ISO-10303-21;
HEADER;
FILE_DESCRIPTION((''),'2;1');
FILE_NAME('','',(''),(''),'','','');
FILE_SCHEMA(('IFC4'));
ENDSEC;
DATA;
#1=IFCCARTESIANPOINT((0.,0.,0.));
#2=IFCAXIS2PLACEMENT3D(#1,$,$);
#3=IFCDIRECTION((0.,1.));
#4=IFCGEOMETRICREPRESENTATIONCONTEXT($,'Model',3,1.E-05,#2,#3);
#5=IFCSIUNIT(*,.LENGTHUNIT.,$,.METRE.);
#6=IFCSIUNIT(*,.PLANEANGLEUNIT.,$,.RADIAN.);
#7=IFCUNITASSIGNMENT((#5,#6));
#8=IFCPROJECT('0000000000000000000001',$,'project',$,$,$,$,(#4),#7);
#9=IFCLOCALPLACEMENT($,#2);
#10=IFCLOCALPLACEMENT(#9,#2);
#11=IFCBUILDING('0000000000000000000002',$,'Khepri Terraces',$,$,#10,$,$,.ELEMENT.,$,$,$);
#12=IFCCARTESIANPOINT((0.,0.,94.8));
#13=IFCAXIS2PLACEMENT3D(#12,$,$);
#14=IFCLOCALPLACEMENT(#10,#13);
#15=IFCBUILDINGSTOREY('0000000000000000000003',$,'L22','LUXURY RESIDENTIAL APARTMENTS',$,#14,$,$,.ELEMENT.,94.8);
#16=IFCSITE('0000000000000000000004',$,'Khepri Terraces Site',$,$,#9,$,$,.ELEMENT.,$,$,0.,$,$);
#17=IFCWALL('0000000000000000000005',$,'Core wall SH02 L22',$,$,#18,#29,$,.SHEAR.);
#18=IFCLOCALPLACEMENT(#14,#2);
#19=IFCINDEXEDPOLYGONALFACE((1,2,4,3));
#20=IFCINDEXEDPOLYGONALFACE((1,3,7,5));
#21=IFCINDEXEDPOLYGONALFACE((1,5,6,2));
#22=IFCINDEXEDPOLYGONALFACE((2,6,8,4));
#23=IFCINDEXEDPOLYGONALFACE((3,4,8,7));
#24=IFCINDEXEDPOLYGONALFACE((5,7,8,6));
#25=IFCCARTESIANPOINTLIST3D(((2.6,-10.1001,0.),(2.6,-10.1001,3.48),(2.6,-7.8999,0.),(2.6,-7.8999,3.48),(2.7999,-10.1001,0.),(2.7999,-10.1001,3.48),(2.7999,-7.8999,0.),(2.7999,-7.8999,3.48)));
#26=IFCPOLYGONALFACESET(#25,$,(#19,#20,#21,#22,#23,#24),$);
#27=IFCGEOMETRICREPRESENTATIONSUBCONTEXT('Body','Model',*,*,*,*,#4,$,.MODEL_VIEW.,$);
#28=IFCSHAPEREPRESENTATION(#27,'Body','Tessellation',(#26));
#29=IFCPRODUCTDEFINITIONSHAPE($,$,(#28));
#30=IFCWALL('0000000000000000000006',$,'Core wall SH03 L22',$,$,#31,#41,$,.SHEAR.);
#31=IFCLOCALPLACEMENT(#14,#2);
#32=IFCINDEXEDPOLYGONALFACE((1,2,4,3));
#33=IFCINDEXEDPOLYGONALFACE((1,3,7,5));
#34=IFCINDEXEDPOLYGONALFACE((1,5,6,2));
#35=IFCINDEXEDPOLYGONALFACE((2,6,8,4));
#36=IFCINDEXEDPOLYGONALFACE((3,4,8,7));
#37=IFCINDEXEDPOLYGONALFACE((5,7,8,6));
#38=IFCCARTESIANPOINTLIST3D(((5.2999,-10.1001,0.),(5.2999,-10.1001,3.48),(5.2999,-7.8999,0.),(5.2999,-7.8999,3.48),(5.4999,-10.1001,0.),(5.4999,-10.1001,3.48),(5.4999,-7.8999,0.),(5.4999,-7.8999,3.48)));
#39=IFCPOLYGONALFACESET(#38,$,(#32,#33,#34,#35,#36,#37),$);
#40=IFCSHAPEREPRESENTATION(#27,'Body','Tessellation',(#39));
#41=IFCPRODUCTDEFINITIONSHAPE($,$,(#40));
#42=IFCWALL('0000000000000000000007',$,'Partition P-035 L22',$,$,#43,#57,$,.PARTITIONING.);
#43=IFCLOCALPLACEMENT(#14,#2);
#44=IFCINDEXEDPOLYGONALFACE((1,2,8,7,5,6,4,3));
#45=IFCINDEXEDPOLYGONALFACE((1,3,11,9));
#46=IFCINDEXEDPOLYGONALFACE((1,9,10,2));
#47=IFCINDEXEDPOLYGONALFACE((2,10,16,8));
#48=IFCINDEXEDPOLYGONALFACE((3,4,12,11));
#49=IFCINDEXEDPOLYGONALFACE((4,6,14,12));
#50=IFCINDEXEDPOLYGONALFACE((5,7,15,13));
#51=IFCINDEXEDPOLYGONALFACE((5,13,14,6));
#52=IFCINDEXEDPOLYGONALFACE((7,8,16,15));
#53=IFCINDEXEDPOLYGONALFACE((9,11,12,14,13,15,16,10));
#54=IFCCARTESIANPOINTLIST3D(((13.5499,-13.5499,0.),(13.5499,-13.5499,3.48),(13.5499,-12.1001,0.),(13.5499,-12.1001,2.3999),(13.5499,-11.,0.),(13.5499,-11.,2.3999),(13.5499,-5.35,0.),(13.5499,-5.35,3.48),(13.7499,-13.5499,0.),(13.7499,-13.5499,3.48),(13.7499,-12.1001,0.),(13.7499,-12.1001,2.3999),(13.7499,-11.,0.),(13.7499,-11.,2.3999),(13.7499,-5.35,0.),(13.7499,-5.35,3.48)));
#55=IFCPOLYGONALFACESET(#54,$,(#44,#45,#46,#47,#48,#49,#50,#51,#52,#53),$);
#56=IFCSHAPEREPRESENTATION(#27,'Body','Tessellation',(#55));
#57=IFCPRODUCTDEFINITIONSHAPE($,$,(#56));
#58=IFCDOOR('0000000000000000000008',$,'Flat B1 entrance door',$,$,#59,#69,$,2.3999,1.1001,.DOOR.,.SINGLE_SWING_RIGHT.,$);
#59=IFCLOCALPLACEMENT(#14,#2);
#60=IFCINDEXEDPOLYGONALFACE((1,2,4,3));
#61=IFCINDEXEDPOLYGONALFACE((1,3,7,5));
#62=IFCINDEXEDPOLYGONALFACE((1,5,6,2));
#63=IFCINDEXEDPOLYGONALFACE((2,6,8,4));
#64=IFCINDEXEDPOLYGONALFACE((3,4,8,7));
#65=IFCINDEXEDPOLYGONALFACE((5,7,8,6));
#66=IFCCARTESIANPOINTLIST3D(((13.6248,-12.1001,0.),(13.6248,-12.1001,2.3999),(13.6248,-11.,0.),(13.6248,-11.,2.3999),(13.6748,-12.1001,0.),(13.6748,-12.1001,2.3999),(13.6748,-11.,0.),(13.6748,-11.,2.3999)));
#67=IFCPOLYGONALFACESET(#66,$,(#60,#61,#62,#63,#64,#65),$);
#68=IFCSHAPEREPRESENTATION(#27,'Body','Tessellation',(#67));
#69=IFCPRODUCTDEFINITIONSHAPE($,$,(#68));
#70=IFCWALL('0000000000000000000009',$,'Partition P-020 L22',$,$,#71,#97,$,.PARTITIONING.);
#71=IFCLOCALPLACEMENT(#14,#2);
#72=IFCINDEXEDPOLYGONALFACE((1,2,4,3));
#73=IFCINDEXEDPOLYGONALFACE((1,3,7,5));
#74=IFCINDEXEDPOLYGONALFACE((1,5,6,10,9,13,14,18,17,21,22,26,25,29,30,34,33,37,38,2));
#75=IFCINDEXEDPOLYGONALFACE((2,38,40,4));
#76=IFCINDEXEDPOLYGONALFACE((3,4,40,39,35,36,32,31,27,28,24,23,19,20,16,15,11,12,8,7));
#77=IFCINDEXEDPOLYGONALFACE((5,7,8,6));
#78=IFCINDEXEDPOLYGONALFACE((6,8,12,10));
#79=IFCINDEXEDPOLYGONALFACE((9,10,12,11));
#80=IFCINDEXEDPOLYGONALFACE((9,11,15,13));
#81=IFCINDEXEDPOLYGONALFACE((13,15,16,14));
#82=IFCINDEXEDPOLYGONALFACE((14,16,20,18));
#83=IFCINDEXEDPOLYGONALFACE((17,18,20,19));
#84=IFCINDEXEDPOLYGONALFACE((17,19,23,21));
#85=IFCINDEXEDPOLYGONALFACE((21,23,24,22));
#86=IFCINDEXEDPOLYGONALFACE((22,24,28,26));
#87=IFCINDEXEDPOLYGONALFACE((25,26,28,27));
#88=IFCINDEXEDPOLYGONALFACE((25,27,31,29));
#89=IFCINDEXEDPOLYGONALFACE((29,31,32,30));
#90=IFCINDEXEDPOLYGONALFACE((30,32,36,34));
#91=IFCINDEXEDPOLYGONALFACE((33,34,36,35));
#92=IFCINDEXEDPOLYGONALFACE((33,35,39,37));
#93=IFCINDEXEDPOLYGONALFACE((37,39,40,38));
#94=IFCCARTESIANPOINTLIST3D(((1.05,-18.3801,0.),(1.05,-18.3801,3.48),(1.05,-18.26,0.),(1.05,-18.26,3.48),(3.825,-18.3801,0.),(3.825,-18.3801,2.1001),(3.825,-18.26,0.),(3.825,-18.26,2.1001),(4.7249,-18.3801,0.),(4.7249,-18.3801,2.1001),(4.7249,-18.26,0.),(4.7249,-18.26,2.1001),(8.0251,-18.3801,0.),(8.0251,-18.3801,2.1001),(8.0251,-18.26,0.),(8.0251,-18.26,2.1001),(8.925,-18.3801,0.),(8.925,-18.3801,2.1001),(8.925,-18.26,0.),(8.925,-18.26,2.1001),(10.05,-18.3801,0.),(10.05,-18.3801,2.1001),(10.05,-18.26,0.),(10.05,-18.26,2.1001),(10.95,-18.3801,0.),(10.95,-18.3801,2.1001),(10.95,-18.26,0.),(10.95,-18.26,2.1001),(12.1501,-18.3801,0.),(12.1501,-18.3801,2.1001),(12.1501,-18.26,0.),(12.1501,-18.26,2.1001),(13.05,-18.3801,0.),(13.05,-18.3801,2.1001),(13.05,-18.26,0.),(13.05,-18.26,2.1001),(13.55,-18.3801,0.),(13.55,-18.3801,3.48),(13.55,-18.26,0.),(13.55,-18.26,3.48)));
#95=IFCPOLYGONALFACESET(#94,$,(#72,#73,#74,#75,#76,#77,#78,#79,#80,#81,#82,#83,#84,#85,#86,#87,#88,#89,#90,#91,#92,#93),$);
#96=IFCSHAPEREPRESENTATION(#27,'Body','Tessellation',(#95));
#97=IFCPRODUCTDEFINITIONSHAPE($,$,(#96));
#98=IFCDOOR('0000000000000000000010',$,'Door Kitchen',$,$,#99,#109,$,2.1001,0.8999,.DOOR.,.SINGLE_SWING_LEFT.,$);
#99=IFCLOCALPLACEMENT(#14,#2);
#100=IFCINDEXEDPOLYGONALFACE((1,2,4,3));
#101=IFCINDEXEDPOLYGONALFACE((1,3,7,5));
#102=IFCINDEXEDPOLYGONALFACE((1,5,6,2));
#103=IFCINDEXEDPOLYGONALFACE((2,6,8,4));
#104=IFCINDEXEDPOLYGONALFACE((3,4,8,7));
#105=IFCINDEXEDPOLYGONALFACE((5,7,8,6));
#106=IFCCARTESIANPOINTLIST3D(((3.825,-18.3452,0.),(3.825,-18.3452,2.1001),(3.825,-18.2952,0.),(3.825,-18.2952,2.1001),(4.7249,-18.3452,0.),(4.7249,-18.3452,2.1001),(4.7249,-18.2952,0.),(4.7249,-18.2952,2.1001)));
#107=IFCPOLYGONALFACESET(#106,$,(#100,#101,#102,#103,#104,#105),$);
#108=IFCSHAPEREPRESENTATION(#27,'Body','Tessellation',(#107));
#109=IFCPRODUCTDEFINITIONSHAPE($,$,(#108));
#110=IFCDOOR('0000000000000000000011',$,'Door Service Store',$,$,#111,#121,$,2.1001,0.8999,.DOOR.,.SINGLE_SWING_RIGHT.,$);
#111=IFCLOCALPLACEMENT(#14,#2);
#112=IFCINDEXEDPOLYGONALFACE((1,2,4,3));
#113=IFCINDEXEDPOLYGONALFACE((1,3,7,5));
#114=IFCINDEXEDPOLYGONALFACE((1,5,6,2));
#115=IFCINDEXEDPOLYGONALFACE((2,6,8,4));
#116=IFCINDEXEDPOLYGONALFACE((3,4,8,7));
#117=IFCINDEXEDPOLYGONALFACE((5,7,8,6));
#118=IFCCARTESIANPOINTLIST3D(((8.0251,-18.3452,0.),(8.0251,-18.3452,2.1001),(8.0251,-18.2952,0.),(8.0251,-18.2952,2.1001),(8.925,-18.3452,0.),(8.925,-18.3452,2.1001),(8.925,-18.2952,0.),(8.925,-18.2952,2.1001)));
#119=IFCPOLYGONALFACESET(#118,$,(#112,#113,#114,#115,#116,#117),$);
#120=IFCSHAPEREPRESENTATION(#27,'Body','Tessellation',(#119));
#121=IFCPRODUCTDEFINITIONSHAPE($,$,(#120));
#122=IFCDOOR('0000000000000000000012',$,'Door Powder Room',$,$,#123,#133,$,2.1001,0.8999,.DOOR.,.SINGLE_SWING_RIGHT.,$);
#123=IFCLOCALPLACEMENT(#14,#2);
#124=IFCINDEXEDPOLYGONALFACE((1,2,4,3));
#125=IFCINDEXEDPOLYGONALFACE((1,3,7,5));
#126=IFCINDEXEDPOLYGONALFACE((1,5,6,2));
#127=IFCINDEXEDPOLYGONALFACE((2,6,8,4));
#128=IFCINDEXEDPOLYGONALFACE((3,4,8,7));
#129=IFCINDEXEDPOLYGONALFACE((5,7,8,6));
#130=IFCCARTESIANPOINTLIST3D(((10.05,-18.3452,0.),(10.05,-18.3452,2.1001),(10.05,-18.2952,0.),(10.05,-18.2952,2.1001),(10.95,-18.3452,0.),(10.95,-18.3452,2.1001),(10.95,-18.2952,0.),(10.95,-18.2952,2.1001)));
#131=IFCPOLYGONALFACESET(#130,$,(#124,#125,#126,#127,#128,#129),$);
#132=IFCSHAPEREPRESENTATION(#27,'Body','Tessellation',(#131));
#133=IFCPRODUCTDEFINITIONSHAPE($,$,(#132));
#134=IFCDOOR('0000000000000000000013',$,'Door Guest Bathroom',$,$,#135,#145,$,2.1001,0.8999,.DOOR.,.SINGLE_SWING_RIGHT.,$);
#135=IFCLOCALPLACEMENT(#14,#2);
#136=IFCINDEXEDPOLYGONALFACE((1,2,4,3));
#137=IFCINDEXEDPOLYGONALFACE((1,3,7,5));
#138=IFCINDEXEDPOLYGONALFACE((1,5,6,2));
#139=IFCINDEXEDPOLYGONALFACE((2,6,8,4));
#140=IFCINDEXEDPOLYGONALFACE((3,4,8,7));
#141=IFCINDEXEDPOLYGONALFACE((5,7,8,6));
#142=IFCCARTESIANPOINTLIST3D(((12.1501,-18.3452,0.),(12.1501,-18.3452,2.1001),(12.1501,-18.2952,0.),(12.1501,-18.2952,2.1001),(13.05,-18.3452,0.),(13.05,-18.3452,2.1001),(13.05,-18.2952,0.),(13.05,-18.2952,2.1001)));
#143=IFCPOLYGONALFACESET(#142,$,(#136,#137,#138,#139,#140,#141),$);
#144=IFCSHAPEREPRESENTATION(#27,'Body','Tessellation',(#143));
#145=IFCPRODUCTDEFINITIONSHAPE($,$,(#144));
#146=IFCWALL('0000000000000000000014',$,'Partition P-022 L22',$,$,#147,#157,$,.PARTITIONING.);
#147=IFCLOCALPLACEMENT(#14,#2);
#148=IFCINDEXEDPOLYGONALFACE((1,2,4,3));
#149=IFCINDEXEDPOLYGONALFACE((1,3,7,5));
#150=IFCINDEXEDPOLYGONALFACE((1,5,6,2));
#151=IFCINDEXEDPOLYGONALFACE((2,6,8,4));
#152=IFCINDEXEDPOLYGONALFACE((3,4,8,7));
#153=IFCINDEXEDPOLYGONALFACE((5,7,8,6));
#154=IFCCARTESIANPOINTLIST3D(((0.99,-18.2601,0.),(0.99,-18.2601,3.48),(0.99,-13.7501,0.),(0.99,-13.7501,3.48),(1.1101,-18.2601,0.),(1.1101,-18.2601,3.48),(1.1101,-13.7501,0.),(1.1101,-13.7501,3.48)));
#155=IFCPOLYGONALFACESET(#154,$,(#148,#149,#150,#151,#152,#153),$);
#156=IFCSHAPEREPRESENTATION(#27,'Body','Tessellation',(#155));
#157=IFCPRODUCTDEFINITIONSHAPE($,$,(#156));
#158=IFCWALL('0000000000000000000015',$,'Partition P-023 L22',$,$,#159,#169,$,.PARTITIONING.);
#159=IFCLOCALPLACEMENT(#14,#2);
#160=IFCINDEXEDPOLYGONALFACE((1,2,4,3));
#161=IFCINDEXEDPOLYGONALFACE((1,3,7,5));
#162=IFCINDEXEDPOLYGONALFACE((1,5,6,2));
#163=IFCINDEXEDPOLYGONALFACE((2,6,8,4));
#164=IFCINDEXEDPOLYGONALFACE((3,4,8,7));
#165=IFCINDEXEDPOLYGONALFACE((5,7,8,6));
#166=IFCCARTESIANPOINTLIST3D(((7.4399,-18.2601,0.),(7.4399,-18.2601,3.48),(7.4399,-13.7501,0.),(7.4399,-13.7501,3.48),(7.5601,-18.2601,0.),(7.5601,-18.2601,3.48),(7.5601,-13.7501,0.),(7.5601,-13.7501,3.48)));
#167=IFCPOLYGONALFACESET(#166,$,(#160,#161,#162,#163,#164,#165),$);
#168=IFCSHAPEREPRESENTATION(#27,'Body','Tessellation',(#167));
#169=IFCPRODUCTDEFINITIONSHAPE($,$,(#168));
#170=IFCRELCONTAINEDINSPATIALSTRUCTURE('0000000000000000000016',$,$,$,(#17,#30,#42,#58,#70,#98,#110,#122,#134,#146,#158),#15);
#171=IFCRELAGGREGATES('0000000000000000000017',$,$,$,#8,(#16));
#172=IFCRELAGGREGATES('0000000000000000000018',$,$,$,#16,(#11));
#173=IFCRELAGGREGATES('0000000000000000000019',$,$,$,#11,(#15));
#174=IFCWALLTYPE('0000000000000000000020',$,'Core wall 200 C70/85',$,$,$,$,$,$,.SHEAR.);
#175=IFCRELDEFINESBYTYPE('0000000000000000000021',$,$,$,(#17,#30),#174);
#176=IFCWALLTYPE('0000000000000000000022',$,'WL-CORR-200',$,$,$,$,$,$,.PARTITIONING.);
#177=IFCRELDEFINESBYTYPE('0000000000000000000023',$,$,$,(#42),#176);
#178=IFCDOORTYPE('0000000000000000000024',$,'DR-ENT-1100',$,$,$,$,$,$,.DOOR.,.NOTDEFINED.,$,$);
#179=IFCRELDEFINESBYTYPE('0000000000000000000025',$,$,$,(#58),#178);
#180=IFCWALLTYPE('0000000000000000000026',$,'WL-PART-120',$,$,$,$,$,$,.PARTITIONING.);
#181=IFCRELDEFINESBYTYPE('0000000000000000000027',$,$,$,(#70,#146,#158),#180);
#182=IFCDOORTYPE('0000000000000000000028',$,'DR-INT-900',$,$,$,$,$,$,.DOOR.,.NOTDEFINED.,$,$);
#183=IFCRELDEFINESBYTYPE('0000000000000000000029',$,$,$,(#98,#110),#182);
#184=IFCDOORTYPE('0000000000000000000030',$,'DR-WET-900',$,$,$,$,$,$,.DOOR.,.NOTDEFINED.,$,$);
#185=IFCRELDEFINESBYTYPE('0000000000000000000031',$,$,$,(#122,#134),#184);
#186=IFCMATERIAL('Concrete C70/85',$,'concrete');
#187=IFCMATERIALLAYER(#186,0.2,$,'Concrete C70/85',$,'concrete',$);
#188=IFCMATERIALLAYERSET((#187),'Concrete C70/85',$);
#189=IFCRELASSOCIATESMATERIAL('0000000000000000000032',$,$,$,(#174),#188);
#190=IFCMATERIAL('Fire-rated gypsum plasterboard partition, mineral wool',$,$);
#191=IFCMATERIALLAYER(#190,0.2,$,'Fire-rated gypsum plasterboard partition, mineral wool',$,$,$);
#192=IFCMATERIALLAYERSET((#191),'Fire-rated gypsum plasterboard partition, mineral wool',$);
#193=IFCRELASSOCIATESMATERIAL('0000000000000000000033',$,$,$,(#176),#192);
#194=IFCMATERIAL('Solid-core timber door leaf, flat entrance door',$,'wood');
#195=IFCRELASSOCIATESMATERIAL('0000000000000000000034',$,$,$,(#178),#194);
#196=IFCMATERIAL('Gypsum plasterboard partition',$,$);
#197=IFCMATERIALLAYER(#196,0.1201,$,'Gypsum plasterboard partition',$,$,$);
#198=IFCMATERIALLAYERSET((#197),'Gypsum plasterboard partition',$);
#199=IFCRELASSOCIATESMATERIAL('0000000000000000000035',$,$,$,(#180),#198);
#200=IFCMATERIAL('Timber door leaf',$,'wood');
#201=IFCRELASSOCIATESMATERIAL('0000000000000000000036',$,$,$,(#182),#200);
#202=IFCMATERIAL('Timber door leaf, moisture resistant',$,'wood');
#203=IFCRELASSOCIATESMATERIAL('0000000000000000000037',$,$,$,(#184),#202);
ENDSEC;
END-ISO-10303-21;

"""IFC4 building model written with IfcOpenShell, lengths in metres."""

from ifc_helpers import new_model, si_unit, direction, frame, frame_2d, origin, place, context, subcontext, project, spatial, rectangle, extrude, material, layer, layer_set, type_object, element, fill, save


model = new_model("IFC4")

# Units and contexts
model_context = context("Model", 3, precision=1e-05, world=origin(), true_north=direction((0.0, 1.0)))
body_context = subcontext(model_context, "Body", "Model", "MODEL_VIEW")
ifc_project = project(units=[si_unit("LENGTHUNIT", "METRE"), si_unit("PLANEANGLEUNIT", "RADIAN")], contexts=[model_context])

# Site, building, storey
site_placement = place(None, origin())
site = spatial("IfcSite", under=ifc_project, at=site_placement, Name="Khepri Terraces Site", CompositionType="ELEMENT", RefElevation=0.0)
building_placement = place(site_placement, origin())
building = spatial("IfcBuilding", under=site, at=building_placement, Name="Khepri Terraces", CompositionType="ELEMENT")
storey_placement = place(building_placement, frame((0.0, 0.0, 94.8)))
storey = spatial("IfcBuildingStorey", under=building, at=storey_placement, Name="L22", Description="LUXURY RESIDENTIAL APARTMENTS", CompositionType="ELEMENT", Elevation=94.8)

# Walls
ifc_material_1 = material(Name="Concrete C70/85", Category="concrete")
ifc_layer_1 = layer(ifc_material_1, 0.2, Name="Concrete C70/85", Category="concrete")
ifc_layer_set_1 = layer_set([ifc_layer_1], Name="Concrete C70/85")
wall_type_1 = type_object("IfcWallType", Name="Core wall 200 C70/85", PredefinedType="SHEAR", material=ifc_layer_set_1)
for number, where, z_axis, x_axis, name in (
    (1, (2.7, -10.1001, 0.0), (0.0, 0.0, 1.0), (0.0, 1.0, 0.0), "Core wall SH02 L22"),
    (2, (5.3999, -10.1001, 0.0), (0.0, 0.0, 1.0), (0.0, 1.0, 0.0), "Core wall SH03 L22"),
):
    element("IfcWall", number, at=place(storey_placement, frame(where, z_axis=z_axis, x_axis=x_axis)), inside=storey, type_object=wall_type_1, Name=name, PredefinedType="SHEAR", context=body_context, shape_type="SweptSolid", body=[
        extrude(rectangle(XDim=2.2002, YDim=0.2, at=frame_2d((1.1001, 0.0))), origin(), (0.0, 0.0, 1.0), 3.48),
    ])

# Wall, opening, door
ifc_material_2 = material(Name="Fire-rated gypsum plasterboard partition, mineral wool")
ifc_layer_2 = layer(ifc_material_2, 0.2, Name="Fire-rated gypsum plasterboard partition, mineral wool")
ifc_layer_set_2 = layer_set([ifc_layer_2], Name="Fire-rated gypsum plasterboard partition, mineral wool")
wall_type_2 = type_object("IfcWallType", Name="WL-CORR-200", PredefinedType="PARTITIONING", material=ifc_layer_set_2)
wall_1_placement = place(storey_placement, frame((13.6499, -13.55, 0.0), z_axis=(0.0, 0.0, 1.0), x_axis=(0.0, 1.0, 0.0)))
wall_1 = element("IfcWall", 3, at=wall_1_placement, inside=storey, type_object=wall_type_2, Name="Partition P-035 L22", PredefinedType="PARTITIONING", context=body_context, shape_type="SweptSolid", body=[
    extrude(rectangle(XDim=8.2, YDim=0.2, at=frame_2d((4.1001, 0.0))), origin(), (0.0, 0.0, 1.0), 3.48),
])
opening_1_placement = place(wall_1_placement, frame((1.45, 0.0, 0.0)))
opening_1 = element("IfcOpeningElement", 4, at=opening_1_placement, cuts=wall_1, PredefinedType="OPENING", context=body_context, shape_type="SweptSolid", body=[
    extrude(rectangle(XDim=1.1001, YDim=2.3999, at=frame_2d((0.55, 1.2))), frame((0.0, 0.1099, 0.0), z_axis=(0.0, -1.0, 0.0), x_axis=(1.0, 0.0, 0.0)), (0.0, 0.0, 1.0), 0.22),
])
ifc_material_3 = material(Name="Solid-core timber door leaf, flat entrance door", Category="wood")
door_type_1 = type_object("IfcDoorType", Name="DR-ENT-1100", OperationType="NOTDEFINED", PredefinedType="DOOR", material=ifc_material_3)
door_1_placement = place(opening_1_placement, frame((1.1001, 0.0, 0.0), z_axis=(0.0, 0.0, 1.0), x_axis=(-1.0, 0.0, 0.0)))
door_1 = element("IfcDoor", 5, at=door_1_placement, inside=storey, type_object=door_type_1, Name="Flat B1 entrance door", OperationType="SINGLE_SWING_RIGHT", OverallHeight=2.3999, OverallWidth=1.1001, PredefinedType="DOOR", context=body_context, shape_type="SweptSolid", body=[
    extrude(rectangle(XDim=1.1001, YDim=2.3999, at=frame_2d((0.55, 1.2))), frame((0.0, 0.0249, 0.0), z_axis=(0.0, -1.0, 0.0), x_axis=(1.0, 0.0, 0.0)), (0.0, 0.0, 1.0), 0.05),
])
fill(opening_1, door_1)

# Wall, openings, doors
ifc_material_4 = material(Name="Gypsum plasterboard partition")
ifc_layer_3 = layer(ifc_material_4, 0.1201, Name="Gypsum plasterboard partition")
ifc_layer_set_3 = layer_set([ifc_layer_3], Name="Gypsum plasterboard partition")
wall_type_3 = type_object("IfcWallType", Name="WL-PART-120", PredefinedType="PARTITIONING", material=ifc_layer_set_3)
wall_2_placement = place(storey_placement, frame((1.05, -18.3201, 0.0), z_axis=(0.0, 0.0, 1.0), x_axis=(1.0, 0.0, 0.0)))
wall_2 = element("IfcWall", 6, at=wall_2_placement, inside=storey, type_object=wall_type_3, Name="Partition P-020 L22", PredefinedType="PARTITIONING", context=body_context, shape_type="SweptSolid", body=[
    extrude(rectangle(XDim=12.5, YDim=0.1201, at=frame_2d((6.25, 0.0))), origin(), (0.0, 0.0, 1.0), 3.48),
])
opening_2_placement = place(wall_2_placement, frame((2.7749, 0.0, 0.0)))
opening_2 = element("IfcOpeningElement", 7, at=opening_2_placement, cuts=wall_2, PredefinedType="OPENING", context=body_context, shape_type="SweptSolid", body=[
    extrude(rectangle(XDim=0.8999, YDim=2.1001, at=frame_2d((0.45, 1.05))), frame((0.0, 0.0701, 0.0), z_axis=(0.0, -1.0, 0.0), x_axis=(1.0, 0.0, 0.0)), (0.0, 0.0, 1.0), 0.1401),
])
opening_3_placement = place(wall_2_placement, frame((6.9751, 0.0, 0.0)))
opening_3 = element("IfcOpeningElement", 8, at=opening_3_placement, cuts=wall_2, PredefinedType="OPENING", context=body_context, shape_type="SweptSolid", body=[
    extrude(rectangle(XDim=0.8999, YDim=2.1001, at=frame_2d((0.45, 1.05))), frame((0.0, 0.0701, 0.0), z_axis=(0.0, -1.0, 0.0), x_axis=(1.0, 0.0, 0.0)), (0.0, 0.0, 1.0), 0.1401),
])
opening_4_placement = place(wall_2_placement, frame((9.0, 0.0, 0.0)))
opening_4 = element("IfcOpeningElement", 9, at=opening_4_placement, cuts=wall_2, PredefinedType="OPENING", context=body_context, shape_type="SweptSolid", body=[
    extrude(rectangle(XDim=0.8999, YDim=2.1001, at=frame_2d((0.45, 1.05))), frame((0.0, 0.0701, 0.0), z_axis=(0.0, -1.0, 0.0), x_axis=(1.0, 0.0, 0.0)), (0.0, 0.0, 1.0), 0.1401),
])
opening_5_placement = place(wall_2_placement, frame((11.1001, 0.0, 0.0)))
opening_5 = element("IfcOpeningElement", 10, at=opening_5_placement, cuts=wall_2, PredefinedType="OPENING", context=body_context, shape_type="SweptSolid", body=[
    extrude(rectangle(XDim=0.8999, YDim=2.1001, at=frame_2d((0.45, 1.05))), frame((0.0, 0.0701, 0.0), z_axis=(0.0, -1.0, 0.0), x_axis=(1.0, 0.0, 0.0)), (0.0, 0.0, 1.0), 0.1401),
])
ifc_material_5 = material(Name="Timber door leaf", Category="wood")
door_type_2 = type_object("IfcDoorType", Name="DR-INT-900", OperationType="NOTDEFINED", PredefinedType="DOOR", material=ifc_material_5)
door_2_placement = place(opening_2_placement, origin())
door_2 = element("IfcDoor", 11, at=door_2_placement, inside=storey, type_object=door_type_2, Name="Door Kitchen", OperationType="SINGLE_SWING_LEFT", OverallHeight=2.1001, OverallWidth=0.8999, PredefinedType="DOOR", context=body_context, shape_type="SweptSolid", body=[
    extrude(rectangle(XDim=0.8999, YDim=2.1001, at=frame_2d((0.45, 1.05))), frame((0.0, 0.0249, 0.0), z_axis=(0.0, -1.0, 0.0), x_axis=(1.0, 0.0, 0.0)), (0.0, 0.0, 1.0), 0.05),
])
fill(opening_2, door_2)
door_3_placement = place(opening_3_placement, origin())
door_3 = element("IfcDoor", 12, at=door_3_placement, inside=storey, type_object=door_type_2, Name="Door Service Store", OperationType="SINGLE_SWING_RIGHT", OverallHeight=2.1001, OverallWidth=0.8999, PredefinedType="DOOR", context=body_context, shape_type="SweptSolid", body=[
    extrude(rectangle(XDim=0.8999, YDim=2.1001, at=frame_2d((0.45, 1.05))), frame((0.0, 0.0249, 0.0), z_axis=(0.0, -1.0, 0.0), x_axis=(1.0, 0.0, 0.0)), (0.0, 0.0, 1.0), 0.05),
])
fill(opening_3, door_3)
ifc_material_6 = material(Name="Timber door leaf, moisture resistant", Category="wood")
door_type_3 = type_object("IfcDoorType", Name="DR-WET-900", OperationType="NOTDEFINED", PredefinedType="DOOR", material=ifc_material_6)
door_4_placement = place(opening_4_placement, origin())
door_4 = element("IfcDoor", 13, at=door_4_placement, inside=storey, type_object=door_type_3, Name="Door Powder Room", OperationType="SINGLE_SWING_RIGHT", OverallHeight=2.1001, OverallWidth=0.8999, PredefinedType="DOOR", context=body_context, shape_type="SweptSolid", body=[
    extrude(rectangle(XDim=0.8999, YDim=2.1001, at=frame_2d((0.45, 1.05))), frame((0.0, 0.0249, 0.0), z_axis=(0.0, -1.0, 0.0), x_axis=(1.0, 0.0, 0.0)), (0.0, 0.0, 1.0), 0.05),
])
fill(opening_4, door_4)
door_5_placement = place(opening_5_placement, origin())
door_5 = element("IfcDoor", 14, at=door_5_placement, inside=storey, type_object=door_type_3, Name="Door Guest Bathroom", OperationType="SINGLE_SWING_RIGHT", OverallHeight=2.1001, OverallWidth=0.8999, PredefinedType="DOOR", context=body_context, shape_type="SweptSolid", body=[
    extrude(rectangle(XDim=0.8999, YDim=2.1001, at=frame_2d((0.45, 1.05))), frame((0.0, 0.0249, 0.0), z_axis=(0.0, -1.0, 0.0), x_axis=(1.0, 0.0, 0.0)), (0.0, 0.0, 1.0), 0.05),
])
fill(opening_5, door_5)

# Walls
for number, where, z_axis, x_axis, name in (
    (15, (1.05, -18.26, 0.0), (0.0, 0.0, 1.0), (0.0, 1.0, 0.0), "Partition P-022 L22"),
    (16, (7.5, -18.26, 0.0), (0.0, 0.0, 1.0), (0.0, 1.0, 0.0), "Partition P-023 L22"),
):
    element("IfcWall", number, at=place(storey_placement, frame(where, z_axis=z_axis, x_axis=x_axis)), inside=storey, type_object=wall_type_3, Name=name, PredefinedType="PARTITIONING", context=body_context, shape_type="SweptSolid", body=[
        extrude(rectangle(XDim=4.51, YDim=0.1201, at=frame_2d((2.2549, 0.0))), origin(), (0.0, 0.0, 1.0), 3.48),
    ])

save(model, "model.ifc")
